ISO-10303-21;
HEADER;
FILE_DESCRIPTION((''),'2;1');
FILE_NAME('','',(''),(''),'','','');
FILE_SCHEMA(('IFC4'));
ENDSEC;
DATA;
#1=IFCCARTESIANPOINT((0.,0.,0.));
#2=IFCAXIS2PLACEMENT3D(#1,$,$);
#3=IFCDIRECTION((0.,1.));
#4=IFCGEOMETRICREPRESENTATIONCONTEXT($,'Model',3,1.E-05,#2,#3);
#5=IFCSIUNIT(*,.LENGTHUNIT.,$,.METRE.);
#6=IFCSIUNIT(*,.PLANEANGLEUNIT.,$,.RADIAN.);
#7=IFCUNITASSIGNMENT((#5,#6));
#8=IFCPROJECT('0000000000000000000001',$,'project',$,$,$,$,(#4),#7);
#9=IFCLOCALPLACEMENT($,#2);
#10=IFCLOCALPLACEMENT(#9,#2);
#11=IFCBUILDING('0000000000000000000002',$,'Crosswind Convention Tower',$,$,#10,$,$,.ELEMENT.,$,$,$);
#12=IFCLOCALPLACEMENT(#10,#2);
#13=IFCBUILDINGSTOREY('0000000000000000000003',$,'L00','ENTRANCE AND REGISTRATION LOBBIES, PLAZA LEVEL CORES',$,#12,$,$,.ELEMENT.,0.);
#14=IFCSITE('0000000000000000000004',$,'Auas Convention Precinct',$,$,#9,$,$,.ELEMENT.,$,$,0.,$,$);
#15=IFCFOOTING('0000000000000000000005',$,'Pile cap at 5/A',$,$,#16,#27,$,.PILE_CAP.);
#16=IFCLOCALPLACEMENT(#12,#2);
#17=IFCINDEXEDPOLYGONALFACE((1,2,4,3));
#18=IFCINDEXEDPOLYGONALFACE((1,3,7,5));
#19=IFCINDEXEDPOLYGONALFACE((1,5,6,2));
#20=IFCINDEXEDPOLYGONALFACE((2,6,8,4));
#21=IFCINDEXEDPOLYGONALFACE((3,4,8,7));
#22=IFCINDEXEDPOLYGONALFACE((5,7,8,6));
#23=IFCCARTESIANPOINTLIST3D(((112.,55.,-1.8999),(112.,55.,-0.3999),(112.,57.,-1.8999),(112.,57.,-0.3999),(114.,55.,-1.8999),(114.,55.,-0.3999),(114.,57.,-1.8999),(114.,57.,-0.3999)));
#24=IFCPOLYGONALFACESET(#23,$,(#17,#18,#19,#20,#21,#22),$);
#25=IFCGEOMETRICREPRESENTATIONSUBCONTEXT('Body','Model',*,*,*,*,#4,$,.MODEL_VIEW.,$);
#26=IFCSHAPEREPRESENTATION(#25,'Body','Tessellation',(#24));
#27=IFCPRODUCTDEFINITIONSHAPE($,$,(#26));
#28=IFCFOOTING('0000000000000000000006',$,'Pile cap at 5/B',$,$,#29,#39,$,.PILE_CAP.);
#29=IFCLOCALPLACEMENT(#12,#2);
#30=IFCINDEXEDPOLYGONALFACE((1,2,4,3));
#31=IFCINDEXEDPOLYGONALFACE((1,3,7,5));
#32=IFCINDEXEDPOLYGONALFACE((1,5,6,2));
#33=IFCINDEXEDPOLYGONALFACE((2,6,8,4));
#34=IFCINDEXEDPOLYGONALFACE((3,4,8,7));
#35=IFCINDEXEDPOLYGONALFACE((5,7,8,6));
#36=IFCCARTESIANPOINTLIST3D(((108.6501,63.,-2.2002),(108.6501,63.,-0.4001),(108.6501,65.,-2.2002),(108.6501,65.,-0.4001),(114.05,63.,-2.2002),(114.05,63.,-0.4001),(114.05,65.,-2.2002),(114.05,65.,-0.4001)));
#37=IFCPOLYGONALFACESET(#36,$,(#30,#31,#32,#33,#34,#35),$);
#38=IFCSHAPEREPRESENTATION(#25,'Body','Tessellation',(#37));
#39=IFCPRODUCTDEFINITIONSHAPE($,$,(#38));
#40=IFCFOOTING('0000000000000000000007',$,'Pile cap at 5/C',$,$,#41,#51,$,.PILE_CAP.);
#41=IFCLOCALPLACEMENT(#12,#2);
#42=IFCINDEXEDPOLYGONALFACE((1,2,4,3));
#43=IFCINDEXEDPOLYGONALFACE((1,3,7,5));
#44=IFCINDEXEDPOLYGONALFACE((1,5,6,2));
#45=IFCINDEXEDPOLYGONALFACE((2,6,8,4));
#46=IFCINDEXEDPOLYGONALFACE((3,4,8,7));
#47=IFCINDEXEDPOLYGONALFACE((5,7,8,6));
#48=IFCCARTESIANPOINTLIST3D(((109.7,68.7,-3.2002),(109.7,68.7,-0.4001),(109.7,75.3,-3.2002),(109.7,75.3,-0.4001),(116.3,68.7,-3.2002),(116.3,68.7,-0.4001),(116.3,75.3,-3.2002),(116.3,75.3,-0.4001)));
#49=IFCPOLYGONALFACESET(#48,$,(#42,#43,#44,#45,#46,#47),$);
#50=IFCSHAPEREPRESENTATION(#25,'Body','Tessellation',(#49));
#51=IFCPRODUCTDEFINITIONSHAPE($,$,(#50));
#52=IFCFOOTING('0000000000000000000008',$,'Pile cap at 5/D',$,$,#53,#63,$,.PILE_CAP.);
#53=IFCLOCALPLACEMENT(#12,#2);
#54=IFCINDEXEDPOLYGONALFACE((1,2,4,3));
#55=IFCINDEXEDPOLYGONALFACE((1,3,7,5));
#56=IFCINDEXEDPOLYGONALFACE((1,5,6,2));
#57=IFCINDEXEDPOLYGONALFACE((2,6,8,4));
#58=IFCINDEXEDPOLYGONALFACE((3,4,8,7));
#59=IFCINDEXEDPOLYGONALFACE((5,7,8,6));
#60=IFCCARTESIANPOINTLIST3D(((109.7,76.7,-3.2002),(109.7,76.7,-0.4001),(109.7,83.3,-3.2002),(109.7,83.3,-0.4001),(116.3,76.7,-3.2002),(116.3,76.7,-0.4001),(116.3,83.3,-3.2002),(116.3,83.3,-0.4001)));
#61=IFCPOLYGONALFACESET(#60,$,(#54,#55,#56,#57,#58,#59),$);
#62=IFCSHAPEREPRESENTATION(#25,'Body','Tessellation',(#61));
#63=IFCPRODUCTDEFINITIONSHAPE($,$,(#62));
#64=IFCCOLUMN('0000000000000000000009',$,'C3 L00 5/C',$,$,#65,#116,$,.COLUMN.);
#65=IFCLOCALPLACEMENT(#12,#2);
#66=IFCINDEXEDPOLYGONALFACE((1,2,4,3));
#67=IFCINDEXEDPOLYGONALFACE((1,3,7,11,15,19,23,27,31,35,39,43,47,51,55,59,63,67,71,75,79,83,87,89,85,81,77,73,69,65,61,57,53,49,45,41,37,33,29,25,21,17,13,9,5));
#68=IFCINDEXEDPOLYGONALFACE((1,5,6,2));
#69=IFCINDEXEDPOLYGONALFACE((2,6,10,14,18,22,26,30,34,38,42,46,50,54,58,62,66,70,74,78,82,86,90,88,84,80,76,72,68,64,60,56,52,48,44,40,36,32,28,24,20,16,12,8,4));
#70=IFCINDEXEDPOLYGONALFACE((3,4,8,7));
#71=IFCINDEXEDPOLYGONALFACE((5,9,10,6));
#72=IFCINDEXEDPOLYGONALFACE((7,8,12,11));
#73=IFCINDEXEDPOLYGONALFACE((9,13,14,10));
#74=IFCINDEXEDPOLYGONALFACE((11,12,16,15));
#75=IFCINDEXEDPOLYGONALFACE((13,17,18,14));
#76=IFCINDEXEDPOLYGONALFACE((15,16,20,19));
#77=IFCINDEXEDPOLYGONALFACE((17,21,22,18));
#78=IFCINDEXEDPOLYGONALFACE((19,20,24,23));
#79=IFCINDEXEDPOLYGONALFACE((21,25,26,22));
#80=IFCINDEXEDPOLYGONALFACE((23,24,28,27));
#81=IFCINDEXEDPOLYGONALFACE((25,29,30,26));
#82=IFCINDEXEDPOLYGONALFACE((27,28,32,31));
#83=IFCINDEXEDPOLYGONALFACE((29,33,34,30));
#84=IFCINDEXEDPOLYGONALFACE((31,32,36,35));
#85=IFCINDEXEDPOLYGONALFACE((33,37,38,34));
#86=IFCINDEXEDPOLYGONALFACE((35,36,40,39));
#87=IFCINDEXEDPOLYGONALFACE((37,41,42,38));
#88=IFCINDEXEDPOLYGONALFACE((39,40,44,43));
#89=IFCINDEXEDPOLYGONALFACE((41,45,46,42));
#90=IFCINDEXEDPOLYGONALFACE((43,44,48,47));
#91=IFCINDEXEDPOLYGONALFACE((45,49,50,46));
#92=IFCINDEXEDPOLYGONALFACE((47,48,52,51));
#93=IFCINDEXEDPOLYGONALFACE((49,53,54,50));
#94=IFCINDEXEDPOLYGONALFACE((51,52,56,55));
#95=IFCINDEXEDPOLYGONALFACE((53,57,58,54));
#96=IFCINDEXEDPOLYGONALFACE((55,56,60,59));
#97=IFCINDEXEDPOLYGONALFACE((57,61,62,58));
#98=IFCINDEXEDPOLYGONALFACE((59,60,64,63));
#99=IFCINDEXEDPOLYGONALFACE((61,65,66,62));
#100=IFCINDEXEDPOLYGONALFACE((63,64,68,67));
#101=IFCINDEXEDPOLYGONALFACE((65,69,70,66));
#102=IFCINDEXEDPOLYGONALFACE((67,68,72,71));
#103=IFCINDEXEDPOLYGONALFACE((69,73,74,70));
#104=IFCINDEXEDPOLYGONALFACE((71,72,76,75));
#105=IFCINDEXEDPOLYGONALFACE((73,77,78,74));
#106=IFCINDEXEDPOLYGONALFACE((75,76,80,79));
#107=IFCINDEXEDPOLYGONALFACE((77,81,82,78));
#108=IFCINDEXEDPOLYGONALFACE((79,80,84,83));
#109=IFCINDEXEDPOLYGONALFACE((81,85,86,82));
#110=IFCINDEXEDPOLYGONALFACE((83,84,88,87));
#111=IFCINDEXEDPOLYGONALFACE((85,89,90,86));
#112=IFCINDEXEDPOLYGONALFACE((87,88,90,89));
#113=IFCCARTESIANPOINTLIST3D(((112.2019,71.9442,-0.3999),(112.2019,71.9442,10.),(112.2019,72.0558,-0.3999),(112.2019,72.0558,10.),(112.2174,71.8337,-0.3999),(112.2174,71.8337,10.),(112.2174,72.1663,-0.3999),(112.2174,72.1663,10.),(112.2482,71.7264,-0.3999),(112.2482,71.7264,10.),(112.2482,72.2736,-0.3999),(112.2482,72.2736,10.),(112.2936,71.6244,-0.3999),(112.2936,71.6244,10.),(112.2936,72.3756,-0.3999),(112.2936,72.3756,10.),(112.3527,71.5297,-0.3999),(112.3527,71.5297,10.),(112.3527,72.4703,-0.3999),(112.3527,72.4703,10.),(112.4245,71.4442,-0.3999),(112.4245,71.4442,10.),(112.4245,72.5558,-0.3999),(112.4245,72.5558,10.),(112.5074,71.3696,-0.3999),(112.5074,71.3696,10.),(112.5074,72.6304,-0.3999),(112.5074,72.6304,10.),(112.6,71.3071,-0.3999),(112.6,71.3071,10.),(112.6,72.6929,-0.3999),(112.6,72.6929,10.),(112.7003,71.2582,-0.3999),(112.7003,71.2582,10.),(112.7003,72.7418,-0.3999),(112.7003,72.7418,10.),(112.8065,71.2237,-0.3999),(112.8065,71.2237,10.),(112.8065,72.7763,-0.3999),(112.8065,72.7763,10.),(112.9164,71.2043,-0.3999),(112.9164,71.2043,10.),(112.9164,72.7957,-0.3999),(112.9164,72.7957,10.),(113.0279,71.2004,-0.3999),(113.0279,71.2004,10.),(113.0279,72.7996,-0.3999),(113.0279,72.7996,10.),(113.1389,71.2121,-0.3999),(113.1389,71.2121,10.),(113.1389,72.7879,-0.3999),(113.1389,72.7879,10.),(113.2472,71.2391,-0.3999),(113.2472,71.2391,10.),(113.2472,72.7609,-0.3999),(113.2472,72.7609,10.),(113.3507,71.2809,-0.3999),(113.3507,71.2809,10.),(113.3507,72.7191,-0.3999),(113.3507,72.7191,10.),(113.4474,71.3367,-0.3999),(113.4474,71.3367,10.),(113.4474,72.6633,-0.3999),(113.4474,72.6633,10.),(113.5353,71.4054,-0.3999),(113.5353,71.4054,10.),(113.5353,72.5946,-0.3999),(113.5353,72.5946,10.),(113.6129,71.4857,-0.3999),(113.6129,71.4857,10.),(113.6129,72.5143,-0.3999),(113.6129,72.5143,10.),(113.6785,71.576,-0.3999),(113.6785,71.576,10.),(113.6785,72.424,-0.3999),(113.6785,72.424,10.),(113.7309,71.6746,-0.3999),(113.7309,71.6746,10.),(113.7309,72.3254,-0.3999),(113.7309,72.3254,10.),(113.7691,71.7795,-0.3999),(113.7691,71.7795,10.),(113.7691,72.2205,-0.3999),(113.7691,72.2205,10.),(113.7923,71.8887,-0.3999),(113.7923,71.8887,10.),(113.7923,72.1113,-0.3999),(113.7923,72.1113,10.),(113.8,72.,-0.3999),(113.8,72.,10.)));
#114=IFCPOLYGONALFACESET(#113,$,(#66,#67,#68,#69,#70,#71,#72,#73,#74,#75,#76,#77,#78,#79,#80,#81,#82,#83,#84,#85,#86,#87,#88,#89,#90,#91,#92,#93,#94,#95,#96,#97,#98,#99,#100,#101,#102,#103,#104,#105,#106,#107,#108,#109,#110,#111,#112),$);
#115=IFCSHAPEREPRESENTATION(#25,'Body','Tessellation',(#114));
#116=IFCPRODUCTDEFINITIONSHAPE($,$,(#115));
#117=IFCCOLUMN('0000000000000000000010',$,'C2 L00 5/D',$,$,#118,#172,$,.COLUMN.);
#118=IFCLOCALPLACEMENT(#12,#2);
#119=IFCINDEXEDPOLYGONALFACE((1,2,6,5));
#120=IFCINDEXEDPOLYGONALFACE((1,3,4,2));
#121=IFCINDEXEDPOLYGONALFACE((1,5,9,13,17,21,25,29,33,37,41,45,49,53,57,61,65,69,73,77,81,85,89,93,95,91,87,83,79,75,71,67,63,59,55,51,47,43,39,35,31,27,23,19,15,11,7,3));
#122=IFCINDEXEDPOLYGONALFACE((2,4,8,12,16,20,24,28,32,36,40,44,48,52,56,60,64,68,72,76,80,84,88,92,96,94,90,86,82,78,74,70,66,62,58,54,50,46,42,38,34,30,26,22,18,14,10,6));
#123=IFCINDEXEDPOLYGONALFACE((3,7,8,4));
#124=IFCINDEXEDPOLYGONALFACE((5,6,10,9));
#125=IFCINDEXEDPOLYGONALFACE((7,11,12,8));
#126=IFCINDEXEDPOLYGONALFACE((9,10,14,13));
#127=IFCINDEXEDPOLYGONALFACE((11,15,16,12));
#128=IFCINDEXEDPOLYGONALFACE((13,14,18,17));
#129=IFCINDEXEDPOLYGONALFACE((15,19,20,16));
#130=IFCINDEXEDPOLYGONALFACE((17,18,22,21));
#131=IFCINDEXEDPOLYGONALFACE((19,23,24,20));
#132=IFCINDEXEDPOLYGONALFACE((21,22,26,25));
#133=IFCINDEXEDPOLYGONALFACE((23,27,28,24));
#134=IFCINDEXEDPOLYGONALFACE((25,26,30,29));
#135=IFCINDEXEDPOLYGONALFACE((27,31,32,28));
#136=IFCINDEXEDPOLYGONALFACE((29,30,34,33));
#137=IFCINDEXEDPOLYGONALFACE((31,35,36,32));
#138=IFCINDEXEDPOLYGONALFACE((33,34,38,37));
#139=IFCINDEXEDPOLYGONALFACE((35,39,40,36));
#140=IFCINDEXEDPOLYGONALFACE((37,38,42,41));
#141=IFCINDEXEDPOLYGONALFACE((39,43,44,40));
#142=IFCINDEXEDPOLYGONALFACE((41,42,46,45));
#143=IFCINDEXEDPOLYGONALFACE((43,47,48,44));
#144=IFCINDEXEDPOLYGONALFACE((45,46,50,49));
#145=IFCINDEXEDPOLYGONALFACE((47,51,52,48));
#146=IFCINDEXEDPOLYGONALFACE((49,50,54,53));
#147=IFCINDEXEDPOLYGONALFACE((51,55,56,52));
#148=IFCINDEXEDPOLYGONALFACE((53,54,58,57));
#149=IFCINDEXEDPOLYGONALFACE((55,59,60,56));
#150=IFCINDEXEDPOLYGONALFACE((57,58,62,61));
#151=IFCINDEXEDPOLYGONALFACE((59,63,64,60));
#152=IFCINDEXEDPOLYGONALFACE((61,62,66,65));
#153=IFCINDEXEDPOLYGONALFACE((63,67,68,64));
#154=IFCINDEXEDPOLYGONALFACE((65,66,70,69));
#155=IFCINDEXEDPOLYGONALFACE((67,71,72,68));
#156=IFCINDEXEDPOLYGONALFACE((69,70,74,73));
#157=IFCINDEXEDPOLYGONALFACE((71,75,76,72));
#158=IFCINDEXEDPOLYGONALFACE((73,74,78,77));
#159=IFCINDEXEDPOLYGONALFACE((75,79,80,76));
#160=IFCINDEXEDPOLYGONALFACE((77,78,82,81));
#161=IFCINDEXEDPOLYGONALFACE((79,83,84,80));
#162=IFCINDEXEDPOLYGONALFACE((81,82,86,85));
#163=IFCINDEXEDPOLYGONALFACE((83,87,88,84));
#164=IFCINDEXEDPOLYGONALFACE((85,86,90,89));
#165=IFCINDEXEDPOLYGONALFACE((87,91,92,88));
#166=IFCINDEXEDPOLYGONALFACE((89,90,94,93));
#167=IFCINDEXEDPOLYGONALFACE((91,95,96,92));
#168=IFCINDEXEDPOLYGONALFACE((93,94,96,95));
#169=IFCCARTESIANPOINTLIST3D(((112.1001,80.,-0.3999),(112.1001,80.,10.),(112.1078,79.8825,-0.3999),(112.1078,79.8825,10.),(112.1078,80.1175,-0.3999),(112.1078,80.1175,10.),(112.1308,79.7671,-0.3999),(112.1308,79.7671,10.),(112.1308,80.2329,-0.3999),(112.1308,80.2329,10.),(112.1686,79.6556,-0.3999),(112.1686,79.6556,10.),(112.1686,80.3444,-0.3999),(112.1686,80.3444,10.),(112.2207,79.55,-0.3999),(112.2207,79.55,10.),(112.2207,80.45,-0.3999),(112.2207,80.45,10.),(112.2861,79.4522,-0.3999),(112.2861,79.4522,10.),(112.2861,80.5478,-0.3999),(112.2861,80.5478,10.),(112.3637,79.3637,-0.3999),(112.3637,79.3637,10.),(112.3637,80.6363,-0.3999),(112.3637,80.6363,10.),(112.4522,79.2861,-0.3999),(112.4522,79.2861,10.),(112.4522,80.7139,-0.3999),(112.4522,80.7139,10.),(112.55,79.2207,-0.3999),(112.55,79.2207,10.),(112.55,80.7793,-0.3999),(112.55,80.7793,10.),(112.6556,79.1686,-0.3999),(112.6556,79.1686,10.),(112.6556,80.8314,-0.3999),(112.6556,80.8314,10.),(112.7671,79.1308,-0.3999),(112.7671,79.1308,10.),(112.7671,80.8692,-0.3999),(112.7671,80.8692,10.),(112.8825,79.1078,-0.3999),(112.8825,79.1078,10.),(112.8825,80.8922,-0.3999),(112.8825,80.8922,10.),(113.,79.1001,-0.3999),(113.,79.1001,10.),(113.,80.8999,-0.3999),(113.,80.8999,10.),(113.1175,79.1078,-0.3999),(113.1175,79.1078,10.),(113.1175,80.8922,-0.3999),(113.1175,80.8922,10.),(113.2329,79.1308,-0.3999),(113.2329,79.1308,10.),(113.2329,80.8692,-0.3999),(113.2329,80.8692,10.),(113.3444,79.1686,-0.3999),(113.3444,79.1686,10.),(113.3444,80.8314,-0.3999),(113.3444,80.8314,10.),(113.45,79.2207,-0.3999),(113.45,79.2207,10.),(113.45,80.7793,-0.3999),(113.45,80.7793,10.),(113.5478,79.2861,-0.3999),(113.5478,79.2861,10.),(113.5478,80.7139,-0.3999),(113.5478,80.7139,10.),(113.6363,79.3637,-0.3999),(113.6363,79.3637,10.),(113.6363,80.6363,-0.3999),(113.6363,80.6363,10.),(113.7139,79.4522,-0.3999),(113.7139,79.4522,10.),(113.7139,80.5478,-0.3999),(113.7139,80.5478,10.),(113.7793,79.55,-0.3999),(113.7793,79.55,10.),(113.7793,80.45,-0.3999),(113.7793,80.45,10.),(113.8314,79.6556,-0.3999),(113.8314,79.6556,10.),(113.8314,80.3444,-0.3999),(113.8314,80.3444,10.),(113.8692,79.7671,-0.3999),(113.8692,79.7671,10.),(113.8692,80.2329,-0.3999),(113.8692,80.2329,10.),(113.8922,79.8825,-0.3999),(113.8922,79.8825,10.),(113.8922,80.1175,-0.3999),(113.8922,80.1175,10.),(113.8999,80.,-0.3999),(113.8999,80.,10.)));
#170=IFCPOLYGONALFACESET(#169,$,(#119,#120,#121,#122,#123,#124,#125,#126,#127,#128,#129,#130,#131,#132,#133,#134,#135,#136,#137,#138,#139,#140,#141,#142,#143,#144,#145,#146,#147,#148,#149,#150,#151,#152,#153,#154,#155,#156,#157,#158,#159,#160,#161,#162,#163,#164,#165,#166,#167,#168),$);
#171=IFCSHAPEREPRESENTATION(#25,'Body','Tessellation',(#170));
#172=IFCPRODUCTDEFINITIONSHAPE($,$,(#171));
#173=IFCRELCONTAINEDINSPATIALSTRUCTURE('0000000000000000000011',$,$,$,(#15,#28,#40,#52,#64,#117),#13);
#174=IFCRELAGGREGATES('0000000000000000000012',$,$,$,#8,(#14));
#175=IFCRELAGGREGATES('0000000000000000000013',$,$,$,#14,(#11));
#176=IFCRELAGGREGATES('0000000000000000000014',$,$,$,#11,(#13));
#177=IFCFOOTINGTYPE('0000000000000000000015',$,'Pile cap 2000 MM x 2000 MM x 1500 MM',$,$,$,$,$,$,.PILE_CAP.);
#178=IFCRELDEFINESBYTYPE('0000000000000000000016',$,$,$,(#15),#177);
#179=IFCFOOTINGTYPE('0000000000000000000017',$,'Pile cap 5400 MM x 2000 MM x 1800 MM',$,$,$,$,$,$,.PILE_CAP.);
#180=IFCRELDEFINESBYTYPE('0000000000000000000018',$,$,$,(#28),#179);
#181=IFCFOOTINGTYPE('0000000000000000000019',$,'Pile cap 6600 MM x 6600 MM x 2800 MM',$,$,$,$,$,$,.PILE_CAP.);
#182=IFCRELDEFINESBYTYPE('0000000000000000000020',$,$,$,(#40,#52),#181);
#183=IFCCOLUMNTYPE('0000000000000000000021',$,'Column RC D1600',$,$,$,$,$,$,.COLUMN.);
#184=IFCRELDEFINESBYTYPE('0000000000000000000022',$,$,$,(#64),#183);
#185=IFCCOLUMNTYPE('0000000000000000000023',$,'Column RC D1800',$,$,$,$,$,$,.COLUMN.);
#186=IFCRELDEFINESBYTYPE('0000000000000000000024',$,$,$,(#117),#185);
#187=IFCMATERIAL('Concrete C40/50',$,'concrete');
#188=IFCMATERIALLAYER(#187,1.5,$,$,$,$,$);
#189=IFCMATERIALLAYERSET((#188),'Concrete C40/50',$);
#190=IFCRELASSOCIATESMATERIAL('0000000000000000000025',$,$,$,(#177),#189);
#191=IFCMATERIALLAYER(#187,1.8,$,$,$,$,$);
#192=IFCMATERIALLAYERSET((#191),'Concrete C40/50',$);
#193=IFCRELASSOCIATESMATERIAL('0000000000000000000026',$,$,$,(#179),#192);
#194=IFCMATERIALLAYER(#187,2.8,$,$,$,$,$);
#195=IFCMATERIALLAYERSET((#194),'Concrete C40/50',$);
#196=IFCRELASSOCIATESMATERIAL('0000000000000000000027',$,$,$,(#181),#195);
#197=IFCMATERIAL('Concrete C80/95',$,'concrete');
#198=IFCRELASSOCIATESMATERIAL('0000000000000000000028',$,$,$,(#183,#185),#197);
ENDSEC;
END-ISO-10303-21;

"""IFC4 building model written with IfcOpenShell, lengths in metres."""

from ifc_helpers import new_model, si_unit, direction, frame, origin, origin_2d, place, context, subcontext, project, spatial, rectangle, circle, extrude, material, layer, layer_set, material_profile, profile_set, type_object, element, save


model = new_model("IFC4")

# Units and contexts
model_context = context("Model", 3, precision=1e-05, world=origin(), true_north=direction((0.0, 1.0)))
body_context = subcontext(model_context, "Body", "Model", "MODEL_VIEW")
ifc_project = project(units=[si_unit("LENGTHUNIT", "METRE"), si_unit("PLANEANGLEUNIT", "RADIAN")], contexts=[model_context])

# Site, building, storey
site_placement = place(None, origin())
site = spatial("IfcSite", under=ifc_project, at=site_placement, Name="Auas Convention Precinct", CompositionType="ELEMENT", RefElevation=0.0)
building_placement = place(site_placement, origin())
building = spatial("IfcBuilding", under=site, at=building_placement, Name="Crosswind Convention Tower", CompositionType="ELEMENT")
storey_placement = place(building_placement, origin())
storey = spatial("IfcBuildingStorey", under=building, at=storey_placement, Name="L00", Description="ENTRANCE AND REGISTRATION LOBBIES, PLAZA LEVEL CORES", CompositionType="ELEMENT", Elevation=0.0)

# Shared definitions
ifc_material_1 = material(Name="Concrete C40/50", Category="concrete")

# Footings
ifc_layer_1 = layer(ifc_material_1, 1.5)
ifc_layer_set_1 = layer_set([ifc_layer_1], Name="Concrete C40/50")
footing_type_1 = type_object("IfcFootingType", Name="Pile cap 2000 MM x 2000 MM x 1500 MM", PredefinedType="PILE_CAP", material=ifc_layer_set_1)
footing_1_placement = place(storey_placement, frame((113.0, 56.0, -1.8999), z_axis=(0.0, 0.0, 1.0), x_axis=(1.0, 0.0, 0.0)))
element("IfcFooting", 1, at=footing_1_placement, inside=storey, type_object=footing_type_1, Name="Pile cap at 5/A", PredefinedType="PILE_CAP", context=body_context, shape_type="SweptSolid", body=[
    extrude(rectangle(XDim=2.0, YDim=2.0, at=origin_2d()), origin(), (0.0, 0.0, 1.0), 1.5),
])
ifc_layer_2 = layer(ifc_material_1, 1.8)
ifc_layer_set_2 = layer_set([ifc_layer_2], Name="Concrete C40/50")
footing_type_2 = type_object("IfcFootingType", Name="Pile cap 5400 MM x 2000 MM x 1800 MM", PredefinedType="PILE_CAP", material=ifc_layer_set_2)
footing_2_placement = place(storey_placement, frame((111.3501, 64.0, -2.2002), z_axis=(0.0, 0.0, 1.0), x_axis=(1.0, 0.0, 0.0)))
element("IfcFooting", 2, at=footing_2_placement, inside=storey, type_object=footing_type_2, Name="Pile cap at 5/B", PredefinedType="PILE_CAP", context=body_context, shape_type="SweptSolid", body=[
    extrude(rectangle(XDim=5.3999, YDim=2.0, at=origin_2d()), origin(), (0.0, 0.0, 1.0), 1.8),
])
ifc_layer_3 = layer(ifc_material_1, 2.8)
ifc_layer_set_3 = layer_set([ifc_layer_3], Name="Concrete C40/50")
footing_type_3 = type_object("IfcFootingType", Name="Pile cap 6600 MM x 6600 MM x 2800 MM", PredefinedType="PILE_CAP", material=ifc_layer_set_3)
for number, where, z_axis, x_axis, name in (
    (3, (113.0, 72.0, -3.2002), (0.0, 0.0, 1.0), (1.0, 0.0, 0.0), "Pile cap at 5/C"),
    (4, (113.0, 80.0, -3.2002), (0.0, 0.0, 1.0), (1.0, 0.0, 0.0), "Pile cap at 5/D"),
):
    element("IfcFooting", number, at=place(storey_placement, frame(where, z_axis=z_axis, x_axis=x_axis)), inside=storey, type_object=footing_type_3, Name=name, PredefinedType="PILE_CAP", context=body_context, shape_type="SweptSolid", body=[
        extrude(rectangle(XDim=6.6001, YDim=6.6001, at=origin_2d()), origin(), (0.0, 0.0, 1.0), 2.8),
    ])

# Columns
ifc_material_2 = material(Name="Concrete C80/95", Category="concrete")
ifc_material_profile_1 = material_profile(ifc_material_2, circle(Radius=0.8, at=origin_2d()), Name="RC D1600")
ifc_profile_set_1 = profile_set([ifc_material_profile_1], Name="Concrete C80/95")
column_type_1 = type_object("IfcColumnType", Name="Column RC D1600", PredefinedType="COLUMN", material=ifc_profile_set_1)
column_1_placement = place(storey_placement, frame((113.0, 72.0, -0.3999), z_axis=(0.0, 0.0, 1.0), x_axis=(1.0, 0.0, 0.0)))
element("IfcColumn", 5, at=column_1_placement, inside=storey, type_object=column_type_1, Name="C3 L00 5/C", PredefinedType="COLUMN", context=body_context, shape_type="SweptSolid", body=[
    extrude(circle(Radius=0.8, at=origin_2d()), origin(), (0.0, 0.0, 1.0), 10.3999),
])
ifc_material_profile_2 = material_profile(ifc_material_2, circle(Radius=0.8999, at=origin_2d()), Name="RC D1800")
ifc_profile_set_2 = profile_set([ifc_material_profile_2], Name="Concrete C80/95")
column_type_2 = type_object("IfcColumnType", Name="Column RC D1800", PredefinedType="COLUMN", material=ifc_profile_set_2)
column_2_placement = place(storey_placement, frame((113.0, 80.0, -0.3999), z_axis=(0.0, 0.0, 1.0), x_axis=(1.0, 0.0, 0.0)))
element("IfcColumn", 6, at=column_2_placement, inside=storey, type_object=column_type_2, Name="C2 L00 5/D", PredefinedType="COLUMN", context=body_context, shape_type="SweptSolid", body=[
    extrude(circle(Radius=0.8999, at=origin_2d()), origin(), (0.0, 0.0, 1.0), 10.3999),
])

save(model, "model.ifc")
